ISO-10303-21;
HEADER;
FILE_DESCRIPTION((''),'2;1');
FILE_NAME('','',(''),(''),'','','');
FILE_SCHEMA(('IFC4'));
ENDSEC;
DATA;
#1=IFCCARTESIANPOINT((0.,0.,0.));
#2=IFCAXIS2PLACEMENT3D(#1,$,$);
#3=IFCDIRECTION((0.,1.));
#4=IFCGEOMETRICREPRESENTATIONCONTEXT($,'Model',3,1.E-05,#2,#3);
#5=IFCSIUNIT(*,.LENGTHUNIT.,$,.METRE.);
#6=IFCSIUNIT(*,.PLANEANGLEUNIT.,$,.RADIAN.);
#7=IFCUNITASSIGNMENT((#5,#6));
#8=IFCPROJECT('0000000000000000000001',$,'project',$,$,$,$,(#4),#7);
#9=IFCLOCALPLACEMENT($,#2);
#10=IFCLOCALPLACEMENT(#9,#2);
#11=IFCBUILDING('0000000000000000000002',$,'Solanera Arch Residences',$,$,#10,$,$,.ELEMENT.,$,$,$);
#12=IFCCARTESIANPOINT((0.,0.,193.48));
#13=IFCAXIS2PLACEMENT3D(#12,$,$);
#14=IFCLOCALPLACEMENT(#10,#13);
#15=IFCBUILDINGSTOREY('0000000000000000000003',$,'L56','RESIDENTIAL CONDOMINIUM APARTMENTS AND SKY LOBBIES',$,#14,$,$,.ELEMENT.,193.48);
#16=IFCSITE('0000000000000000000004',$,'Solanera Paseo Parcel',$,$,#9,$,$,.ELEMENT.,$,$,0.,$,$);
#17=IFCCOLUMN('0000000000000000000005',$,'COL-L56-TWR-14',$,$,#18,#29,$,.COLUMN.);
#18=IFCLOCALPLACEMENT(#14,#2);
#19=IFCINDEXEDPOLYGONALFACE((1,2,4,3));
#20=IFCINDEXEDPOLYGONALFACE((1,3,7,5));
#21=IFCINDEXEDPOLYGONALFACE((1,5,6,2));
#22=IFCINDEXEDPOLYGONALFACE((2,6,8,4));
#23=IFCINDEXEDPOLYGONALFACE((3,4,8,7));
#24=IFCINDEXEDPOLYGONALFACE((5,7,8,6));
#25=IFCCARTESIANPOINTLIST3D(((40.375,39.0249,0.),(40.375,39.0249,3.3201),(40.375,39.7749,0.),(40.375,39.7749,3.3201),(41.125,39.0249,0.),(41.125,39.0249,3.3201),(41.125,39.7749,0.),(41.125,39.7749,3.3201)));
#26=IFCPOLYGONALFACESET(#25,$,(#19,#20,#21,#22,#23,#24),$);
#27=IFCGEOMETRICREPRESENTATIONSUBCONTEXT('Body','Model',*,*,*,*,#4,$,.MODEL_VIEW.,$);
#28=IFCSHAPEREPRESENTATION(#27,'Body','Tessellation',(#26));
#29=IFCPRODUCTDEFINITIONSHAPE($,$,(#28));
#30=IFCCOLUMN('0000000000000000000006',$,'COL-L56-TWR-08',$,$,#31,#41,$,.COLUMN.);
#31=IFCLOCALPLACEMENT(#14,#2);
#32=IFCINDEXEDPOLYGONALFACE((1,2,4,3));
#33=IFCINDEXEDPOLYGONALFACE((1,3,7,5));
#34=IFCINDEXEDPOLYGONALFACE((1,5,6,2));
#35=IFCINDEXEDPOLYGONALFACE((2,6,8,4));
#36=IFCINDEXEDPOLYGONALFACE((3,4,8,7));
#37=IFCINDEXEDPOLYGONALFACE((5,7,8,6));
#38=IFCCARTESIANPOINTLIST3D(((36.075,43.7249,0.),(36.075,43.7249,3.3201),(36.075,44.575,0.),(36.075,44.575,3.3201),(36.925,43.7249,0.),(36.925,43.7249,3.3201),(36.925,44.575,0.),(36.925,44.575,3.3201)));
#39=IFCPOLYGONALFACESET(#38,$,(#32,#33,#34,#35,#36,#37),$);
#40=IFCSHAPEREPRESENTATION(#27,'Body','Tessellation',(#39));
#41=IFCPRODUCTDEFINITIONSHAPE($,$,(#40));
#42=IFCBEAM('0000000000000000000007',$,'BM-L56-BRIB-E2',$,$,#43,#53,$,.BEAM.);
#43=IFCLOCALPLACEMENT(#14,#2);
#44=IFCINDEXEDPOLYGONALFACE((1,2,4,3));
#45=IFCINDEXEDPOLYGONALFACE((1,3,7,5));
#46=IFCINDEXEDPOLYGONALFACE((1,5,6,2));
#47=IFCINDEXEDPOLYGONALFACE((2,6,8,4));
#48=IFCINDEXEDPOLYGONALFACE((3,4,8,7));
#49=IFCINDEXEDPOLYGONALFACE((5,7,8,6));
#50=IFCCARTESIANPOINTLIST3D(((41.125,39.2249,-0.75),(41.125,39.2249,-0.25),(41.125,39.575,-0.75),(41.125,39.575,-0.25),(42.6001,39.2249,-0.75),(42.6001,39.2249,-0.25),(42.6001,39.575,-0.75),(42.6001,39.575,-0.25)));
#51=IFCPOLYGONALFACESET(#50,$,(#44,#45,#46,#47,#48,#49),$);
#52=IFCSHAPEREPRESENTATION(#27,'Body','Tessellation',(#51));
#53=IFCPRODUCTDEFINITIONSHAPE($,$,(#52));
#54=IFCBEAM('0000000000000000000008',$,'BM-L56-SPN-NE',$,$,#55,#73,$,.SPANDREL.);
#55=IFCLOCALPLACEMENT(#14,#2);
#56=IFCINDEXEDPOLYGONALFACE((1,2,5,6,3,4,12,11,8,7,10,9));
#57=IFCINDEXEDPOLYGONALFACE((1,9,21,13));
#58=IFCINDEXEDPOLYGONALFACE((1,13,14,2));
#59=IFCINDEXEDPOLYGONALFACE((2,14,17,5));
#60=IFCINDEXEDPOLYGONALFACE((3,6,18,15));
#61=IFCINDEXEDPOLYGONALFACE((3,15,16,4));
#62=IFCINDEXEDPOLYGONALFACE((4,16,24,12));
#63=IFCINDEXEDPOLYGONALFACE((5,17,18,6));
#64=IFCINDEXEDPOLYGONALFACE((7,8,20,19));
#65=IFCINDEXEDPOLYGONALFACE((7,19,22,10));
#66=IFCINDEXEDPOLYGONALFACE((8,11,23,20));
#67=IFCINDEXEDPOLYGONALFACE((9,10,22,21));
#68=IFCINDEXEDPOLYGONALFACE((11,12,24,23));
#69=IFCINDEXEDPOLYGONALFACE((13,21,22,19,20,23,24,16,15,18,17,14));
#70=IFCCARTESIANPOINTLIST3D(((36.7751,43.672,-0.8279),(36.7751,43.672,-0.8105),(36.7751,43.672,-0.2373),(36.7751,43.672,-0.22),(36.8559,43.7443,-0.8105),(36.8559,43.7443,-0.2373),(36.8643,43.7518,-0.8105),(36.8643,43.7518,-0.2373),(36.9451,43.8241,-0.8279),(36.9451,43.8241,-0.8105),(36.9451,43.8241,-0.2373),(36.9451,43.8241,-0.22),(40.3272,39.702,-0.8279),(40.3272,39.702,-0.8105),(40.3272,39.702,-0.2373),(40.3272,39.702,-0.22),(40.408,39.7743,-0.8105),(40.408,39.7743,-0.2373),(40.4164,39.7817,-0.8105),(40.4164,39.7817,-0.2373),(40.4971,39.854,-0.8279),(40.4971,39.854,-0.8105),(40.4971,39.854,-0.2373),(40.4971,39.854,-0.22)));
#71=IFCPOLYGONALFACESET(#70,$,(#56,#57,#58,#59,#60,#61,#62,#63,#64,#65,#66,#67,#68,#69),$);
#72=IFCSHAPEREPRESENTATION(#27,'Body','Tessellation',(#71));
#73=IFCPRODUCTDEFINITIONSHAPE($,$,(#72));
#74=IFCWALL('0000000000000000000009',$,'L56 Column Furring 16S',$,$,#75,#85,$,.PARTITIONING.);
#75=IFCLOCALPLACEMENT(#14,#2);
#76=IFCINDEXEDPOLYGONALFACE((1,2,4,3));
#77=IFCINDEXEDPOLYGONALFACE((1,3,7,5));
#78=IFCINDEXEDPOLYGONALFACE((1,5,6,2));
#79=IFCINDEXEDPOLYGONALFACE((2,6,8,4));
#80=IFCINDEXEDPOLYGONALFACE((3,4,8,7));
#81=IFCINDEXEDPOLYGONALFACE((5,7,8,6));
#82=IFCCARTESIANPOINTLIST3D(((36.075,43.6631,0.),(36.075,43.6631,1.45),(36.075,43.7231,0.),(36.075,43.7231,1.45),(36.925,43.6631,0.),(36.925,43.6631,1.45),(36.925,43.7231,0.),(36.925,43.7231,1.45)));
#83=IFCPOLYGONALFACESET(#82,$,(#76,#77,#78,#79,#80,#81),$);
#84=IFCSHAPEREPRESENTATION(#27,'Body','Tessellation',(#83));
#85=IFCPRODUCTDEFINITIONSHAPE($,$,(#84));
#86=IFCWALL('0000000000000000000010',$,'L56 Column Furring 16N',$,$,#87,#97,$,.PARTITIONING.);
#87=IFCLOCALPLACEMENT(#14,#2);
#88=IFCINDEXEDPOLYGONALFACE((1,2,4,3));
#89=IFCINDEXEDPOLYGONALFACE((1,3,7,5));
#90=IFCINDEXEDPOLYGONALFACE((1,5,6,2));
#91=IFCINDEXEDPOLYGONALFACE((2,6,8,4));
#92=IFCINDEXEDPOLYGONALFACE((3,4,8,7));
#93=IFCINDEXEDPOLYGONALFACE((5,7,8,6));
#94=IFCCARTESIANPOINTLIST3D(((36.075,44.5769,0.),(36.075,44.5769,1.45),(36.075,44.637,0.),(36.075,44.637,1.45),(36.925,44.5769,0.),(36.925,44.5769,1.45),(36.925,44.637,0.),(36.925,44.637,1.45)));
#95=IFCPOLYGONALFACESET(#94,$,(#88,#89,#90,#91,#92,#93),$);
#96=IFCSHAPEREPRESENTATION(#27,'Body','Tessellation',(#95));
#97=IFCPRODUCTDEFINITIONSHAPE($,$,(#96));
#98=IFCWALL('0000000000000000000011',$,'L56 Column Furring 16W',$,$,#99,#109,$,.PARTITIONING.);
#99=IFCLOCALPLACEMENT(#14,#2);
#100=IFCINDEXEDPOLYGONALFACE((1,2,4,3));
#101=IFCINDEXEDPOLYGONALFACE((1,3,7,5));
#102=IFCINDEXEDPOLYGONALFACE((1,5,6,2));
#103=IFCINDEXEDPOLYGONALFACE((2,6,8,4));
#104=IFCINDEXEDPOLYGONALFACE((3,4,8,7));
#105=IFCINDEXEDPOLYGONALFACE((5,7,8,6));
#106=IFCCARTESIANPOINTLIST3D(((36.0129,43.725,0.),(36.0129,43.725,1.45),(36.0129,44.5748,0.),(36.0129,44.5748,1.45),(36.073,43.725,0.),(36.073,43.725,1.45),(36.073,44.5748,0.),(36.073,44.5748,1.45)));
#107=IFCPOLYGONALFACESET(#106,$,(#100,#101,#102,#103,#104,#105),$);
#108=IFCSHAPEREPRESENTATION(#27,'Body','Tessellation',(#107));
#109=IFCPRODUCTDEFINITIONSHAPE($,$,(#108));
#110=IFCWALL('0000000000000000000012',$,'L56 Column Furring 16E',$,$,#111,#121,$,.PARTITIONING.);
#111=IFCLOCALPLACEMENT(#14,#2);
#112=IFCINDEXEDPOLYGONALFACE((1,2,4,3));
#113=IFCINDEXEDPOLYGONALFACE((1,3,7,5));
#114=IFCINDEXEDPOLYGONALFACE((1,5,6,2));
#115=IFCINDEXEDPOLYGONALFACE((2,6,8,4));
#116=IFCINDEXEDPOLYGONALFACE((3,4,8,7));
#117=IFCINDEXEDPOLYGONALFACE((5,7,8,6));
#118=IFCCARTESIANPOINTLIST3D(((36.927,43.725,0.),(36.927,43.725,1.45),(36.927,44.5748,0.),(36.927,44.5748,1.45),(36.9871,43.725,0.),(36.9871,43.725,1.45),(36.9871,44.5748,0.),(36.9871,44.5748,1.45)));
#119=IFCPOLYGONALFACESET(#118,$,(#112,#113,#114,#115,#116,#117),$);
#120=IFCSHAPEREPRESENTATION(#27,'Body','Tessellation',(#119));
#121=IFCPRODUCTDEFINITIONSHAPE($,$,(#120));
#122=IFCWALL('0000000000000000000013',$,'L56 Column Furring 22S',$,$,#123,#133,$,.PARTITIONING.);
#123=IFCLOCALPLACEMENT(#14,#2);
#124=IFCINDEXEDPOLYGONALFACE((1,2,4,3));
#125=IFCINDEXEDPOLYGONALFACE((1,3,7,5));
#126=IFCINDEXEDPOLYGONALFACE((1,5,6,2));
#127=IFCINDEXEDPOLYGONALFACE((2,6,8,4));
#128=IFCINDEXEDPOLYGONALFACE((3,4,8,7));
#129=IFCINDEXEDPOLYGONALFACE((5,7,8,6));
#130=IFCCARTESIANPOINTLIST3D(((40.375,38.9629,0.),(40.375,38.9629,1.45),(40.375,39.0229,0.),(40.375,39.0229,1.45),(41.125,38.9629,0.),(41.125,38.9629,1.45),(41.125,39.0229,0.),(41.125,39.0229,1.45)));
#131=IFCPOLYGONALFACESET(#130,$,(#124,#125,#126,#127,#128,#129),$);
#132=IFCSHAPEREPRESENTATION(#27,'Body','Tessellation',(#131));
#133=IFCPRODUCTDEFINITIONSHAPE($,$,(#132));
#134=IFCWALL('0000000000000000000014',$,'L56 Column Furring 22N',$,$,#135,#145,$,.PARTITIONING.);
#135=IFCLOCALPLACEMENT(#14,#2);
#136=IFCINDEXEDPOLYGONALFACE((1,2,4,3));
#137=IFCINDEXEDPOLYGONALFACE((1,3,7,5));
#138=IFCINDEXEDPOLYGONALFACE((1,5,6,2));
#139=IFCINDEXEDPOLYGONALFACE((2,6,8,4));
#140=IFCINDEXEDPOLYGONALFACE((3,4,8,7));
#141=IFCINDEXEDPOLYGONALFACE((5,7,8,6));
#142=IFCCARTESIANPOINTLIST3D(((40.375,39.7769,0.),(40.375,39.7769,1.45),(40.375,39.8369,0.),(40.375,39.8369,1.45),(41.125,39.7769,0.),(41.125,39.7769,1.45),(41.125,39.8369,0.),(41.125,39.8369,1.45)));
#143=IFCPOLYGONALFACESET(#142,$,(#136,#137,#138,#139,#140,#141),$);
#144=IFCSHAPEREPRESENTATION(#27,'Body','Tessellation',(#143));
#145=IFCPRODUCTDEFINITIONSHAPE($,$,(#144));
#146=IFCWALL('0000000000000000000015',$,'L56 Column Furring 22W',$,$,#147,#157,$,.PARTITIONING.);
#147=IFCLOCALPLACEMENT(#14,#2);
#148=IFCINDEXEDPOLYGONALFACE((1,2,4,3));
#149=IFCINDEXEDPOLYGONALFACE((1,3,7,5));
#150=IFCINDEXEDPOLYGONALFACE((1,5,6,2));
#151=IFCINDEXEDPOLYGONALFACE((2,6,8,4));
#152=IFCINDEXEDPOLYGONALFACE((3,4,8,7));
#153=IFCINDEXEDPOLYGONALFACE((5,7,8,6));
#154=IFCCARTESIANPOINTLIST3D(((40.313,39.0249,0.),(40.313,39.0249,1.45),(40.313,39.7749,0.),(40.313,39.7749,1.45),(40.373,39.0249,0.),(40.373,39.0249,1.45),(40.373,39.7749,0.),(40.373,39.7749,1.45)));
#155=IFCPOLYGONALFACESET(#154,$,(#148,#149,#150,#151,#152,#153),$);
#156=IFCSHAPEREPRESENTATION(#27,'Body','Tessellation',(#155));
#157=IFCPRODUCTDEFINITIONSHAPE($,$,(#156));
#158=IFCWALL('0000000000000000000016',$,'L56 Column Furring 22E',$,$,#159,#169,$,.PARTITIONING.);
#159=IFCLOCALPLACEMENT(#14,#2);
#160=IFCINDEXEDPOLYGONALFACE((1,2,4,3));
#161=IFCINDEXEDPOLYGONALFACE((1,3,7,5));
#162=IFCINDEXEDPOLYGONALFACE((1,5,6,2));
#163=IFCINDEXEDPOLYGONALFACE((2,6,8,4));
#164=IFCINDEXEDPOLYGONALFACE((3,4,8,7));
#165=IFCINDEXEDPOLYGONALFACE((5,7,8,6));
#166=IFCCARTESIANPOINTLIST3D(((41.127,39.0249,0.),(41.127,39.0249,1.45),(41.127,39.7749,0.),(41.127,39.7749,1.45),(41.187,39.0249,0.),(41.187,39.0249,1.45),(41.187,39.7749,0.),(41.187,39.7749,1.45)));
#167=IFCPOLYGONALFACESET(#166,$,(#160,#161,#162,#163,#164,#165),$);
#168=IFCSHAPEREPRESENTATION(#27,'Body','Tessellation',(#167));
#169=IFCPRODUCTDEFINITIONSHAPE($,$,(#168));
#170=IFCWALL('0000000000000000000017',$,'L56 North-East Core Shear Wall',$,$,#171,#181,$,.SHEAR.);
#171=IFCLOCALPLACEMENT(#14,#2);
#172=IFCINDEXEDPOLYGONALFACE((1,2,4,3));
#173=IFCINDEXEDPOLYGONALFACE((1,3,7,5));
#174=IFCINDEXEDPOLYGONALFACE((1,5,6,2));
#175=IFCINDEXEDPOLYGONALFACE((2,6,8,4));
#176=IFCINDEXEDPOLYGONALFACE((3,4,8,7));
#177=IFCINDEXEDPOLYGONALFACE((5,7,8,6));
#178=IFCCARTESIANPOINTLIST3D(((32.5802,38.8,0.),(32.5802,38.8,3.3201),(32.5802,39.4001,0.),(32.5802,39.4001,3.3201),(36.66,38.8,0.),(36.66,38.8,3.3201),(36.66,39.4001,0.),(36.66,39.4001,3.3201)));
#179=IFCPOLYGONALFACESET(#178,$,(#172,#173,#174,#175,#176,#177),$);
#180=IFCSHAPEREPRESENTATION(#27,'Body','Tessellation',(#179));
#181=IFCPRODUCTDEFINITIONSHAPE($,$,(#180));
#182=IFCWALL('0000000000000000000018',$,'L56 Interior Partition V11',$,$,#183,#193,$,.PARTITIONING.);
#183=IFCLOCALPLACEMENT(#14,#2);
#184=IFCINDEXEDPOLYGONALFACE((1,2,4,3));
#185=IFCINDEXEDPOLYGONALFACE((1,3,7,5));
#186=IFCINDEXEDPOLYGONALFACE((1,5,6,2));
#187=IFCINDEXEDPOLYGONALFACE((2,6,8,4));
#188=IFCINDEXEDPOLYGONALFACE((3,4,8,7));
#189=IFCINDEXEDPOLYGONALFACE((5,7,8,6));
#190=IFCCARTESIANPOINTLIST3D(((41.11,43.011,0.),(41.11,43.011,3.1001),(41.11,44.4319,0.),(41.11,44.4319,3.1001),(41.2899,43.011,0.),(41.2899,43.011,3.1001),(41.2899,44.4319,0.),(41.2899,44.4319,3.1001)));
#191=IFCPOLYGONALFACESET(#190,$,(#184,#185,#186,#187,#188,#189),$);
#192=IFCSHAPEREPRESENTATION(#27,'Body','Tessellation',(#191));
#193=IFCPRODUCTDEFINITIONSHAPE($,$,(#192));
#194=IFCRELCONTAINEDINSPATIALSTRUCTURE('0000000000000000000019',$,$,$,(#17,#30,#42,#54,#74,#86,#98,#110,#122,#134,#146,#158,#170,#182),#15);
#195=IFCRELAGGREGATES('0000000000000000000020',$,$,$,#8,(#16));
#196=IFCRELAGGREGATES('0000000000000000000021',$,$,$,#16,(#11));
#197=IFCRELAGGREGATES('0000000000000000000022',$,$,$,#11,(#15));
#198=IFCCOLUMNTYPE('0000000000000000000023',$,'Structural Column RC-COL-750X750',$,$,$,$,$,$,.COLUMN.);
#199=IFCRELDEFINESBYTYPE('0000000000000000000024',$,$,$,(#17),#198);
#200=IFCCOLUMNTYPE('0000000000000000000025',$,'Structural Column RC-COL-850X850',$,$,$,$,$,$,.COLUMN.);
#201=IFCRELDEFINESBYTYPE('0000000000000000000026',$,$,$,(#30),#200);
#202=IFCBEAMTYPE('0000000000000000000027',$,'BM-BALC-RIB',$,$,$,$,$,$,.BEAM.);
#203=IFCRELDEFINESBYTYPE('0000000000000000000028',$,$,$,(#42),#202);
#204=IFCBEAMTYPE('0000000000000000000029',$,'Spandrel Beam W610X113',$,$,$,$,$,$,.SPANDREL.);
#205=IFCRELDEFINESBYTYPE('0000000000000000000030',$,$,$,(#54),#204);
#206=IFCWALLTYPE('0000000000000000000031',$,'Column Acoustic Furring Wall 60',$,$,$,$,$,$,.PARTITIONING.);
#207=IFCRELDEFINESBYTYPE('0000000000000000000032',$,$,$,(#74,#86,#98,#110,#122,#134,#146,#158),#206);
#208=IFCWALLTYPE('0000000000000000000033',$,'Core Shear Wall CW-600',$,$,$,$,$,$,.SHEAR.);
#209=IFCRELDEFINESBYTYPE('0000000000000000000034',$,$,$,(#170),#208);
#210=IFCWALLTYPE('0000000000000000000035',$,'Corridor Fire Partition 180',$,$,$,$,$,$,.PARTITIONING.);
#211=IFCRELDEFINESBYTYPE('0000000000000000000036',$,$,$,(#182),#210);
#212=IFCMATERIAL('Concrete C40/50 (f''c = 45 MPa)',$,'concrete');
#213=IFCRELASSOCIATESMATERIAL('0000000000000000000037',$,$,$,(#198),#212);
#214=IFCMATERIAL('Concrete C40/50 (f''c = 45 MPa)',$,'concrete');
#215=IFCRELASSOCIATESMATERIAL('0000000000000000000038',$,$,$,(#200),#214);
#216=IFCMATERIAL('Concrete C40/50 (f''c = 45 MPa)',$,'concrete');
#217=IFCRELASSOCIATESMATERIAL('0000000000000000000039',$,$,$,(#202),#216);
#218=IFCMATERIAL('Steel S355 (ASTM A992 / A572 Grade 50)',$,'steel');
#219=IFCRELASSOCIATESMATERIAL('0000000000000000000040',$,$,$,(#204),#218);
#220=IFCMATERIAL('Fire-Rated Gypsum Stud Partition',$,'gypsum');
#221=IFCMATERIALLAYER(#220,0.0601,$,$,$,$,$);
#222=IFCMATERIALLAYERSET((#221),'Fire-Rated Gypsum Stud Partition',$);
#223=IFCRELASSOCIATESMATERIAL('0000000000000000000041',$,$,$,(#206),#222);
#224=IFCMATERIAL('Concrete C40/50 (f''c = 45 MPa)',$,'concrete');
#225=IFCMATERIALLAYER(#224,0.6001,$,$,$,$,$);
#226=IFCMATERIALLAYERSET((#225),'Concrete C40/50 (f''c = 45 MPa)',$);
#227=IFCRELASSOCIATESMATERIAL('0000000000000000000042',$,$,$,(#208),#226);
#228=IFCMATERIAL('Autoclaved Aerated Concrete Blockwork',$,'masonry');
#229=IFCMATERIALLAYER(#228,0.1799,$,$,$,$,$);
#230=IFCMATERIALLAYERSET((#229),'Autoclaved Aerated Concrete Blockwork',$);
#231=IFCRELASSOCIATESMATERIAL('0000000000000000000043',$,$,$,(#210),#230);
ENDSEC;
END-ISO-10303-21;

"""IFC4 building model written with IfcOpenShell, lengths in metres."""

from ifc_helpers import new_model, si_unit, direction, frame, frame_2d, origin, origin_2d, place, context, subcontext, project, spatial, rectangle, i_section, extrude, material, layer, layer_set, material_profile, profile_set, type_object, element, save


model = new_model("IFC4")

# Units and contexts
model_context = context("Model", 3, precision=1e-05, world=origin(), true_north=direction((0.0, 1.0)))
body_context = subcontext(model_context, "Body", "Model", "MODEL_VIEW")
ifc_project = project(units=[si_unit("LENGTHUNIT", "METRE"), si_unit("PLANEANGLEUNIT", "RADIAN")], contexts=[model_context])

# Site, building, storey
site_placement = place(None, origin())
site = spatial("IfcSite", under=ifc_project, at=site_placement, Name="Solanera Paseo Parcel", CompositionType="ELEMENT", RefElevation=0.0)
building_placement = place(site_placement, origin())
building = spatial("IfcBuilding", under=site, at=building_placement, Name="Solanera Arch Residences", CompositionType="ELEMENT")
storey_placement = place(building_placement, frame((0.0, 0.0, 193.48)))
storey = spatial("IfcBuildingStorey", under=building, at=storey_placement, Name="L56", Description="RESIDENTIAL CONDOMINIUM APARTMENTS AND SKY LOBBIES", CompositionType="ELEMENT", Elevation=193.48)

# Columns
ifc_material_1 = material(Name="Concrete C40/50 (f'c = 45 MPa)", Category="concrete")
ifc_material_profile_1 = material_profile(ifc_material_1, rectangle(XDim=0.75, YDim=0.75, at=origin_2d()))
ifc_profile_set_1 = profile_set([ifc_material_profile_1], Name="Concrete C40/50 (f'c = 45 MPa)")
column_type_1 = type_object("IfcColumnType", Name="Structural Column RC-COL-750X750", PredefinedType="COLUMN", material=ifc_profile_set_1)
column_1_placement = place(storey_placement, frame((40.75, 39.3999, 0.0), z_axis=(0.0, 0.0, 1.0), x_axis=(1.0, 0.0, 0.0)))
element("IfcColumn", 1, at=column_1_placement, inside=storey, type_object=column_type_1, Name="COL-L56-TWR-14", PredefinedType="COLUMN", context=body_context, shape_type="SweptSolid", body=[
    extrude(rectangle(XDim=0.75, YDim=0.75, at=origin_2d()), origin(), (0.0, 0.0, 1.0), 3.3201),
])
ifc_material_2 = material(Name="Concrete C40/50 (f'c = 45 MPa)", Category="concrete")
ifc_material_profile_2 = material_profile(ifc_material_2, rectangle(XDim=0.8501, YDim=0.8501, at=origin_2d()))
ifc_profile_set_2 = profile_set([ifc_material_profile_2], Name="Concrete C40/50 (f'c = 45 MPa)")
column_type_2 = type_object("IfcColumnType", Name="Structural Column RC-COL-850X850", PredefinedType="COLUMN", material=ifc_profile_set_2)
column_2_placement = place(storey_placement, frame((36.5, 44.1499, 0.0), z_axis=(0.0, 0.0, 1.0), x_axis=(1.0, 0.0, 0.0)))
element("IfcColumn", 2, at=column_2_placement, inside=storey, type_object=column_type_2, Name="COL-L56-TWR-08", PredefinedType="COLUMN", context=body_context, shape_type="SweptSolid", body=[
    extrude(rectangle(XDim=0.8501, YDim=0.8501, at=origin_2d()), origin(), (0.0, 0.0, 1.0), 3.3201),
])

# Beams
ifc_material_3 = material(Name="Concrete C40/50 (f'c = 45 MPa)", Category="concrete")
ifc_material_profile_3 = material_profile(ifc_material_3, rectangle(XDim=0.3501, YDim=0.5, at=origin_2d()))
ifc_profile_set_3 = profile_set([ifc_material_profile_3], Name="Concrete C40/50 (f'c = 45 MPa)")
beam_type_1 = type_object("IfcBeamType", Name="BM-BALC-RIB", PredefinedType="BEAM", material=ifc_profile_set_3)
beam_1_placement = place(storey_placement, frame((41.125, 39.3999, -0.5), z_axis=(1.0, 0.0, 0.0), x_axis=(0.0, 1.0, 0.0)))
element("IfcBeam", 3, at=beam_1_placement, inside=storey, type_object=beam_type_1, Name="BM-L56-BRIB-E2", PredefinedType="BEAM", context=body_context, shape_type="SweptSolid", body=[
    extrude(rectangle(XDim=0.3501, YDim=0.5, at=origin_2d()), origin(), (0.0, 0.0, 1.0), 1.4751),
])
ifc_material_4 = material(Name="Steel S355 (ASTM A992 / A572 Grade 50)", Category="steel")
ifc_material_profile_4 = material_profile(ifc_material_4, i_section(OverallWidth=0.228, OverallDepth=0.6079, WebThickness=0.0112, FlangeThickness=0.0173, at=origin_2d()))
ifc_profile_set_4 = profile_set([ifc_material_profile_4], Name="Steel S355 (ASTM A992 / A572 Grade 50)")
beam_type_2 = type_object("IfcBeamType", Name="Spandrel Beam W610X113", PredefinedType="SPANDREL", material=ifc_profile_set_4)
beam_2_placement = place(storey_placement, frame((36.8601, 43.748, -0.5239), z_axis=(0.666787, -0.745249, 0.0), x_axis=(0.745249, 0.666787, 0.0)))
element("IfcBeam", 4, at=beam_2_placement, inside=storey, type_object=beam_type_2, Name="BM-L56-SPN-NE", PredefinedType="SPANDREL", context=body_context, shape_type="SweptSolid", body=[
    extrude(i_section(OverallWidth=0.228, OverallDepth=0.6079, WebThickness=0.0112, FlangeThickness=0.0173, at=origin_2d()), origin(), (0.0, 0.0, 1.0), 5.3271),
])

# Walls
ifc_material_5 = material(Name="Fire-Rated Gypsum Stud Partition", Category="gypsum")
ifc_layer_1 = layer(ifc_material_5, 0.0601)
ifc_layer_set_1 = layer_set([ifc_layer_1], Name="Fire-Rated Gypsum Stud Partition")
wall_type_1 = type_object("IfcWallType", Name="Column Acoustic Furring Wall 60", PredefinedType="PARTITIONING", material=ifc_layer_set_1)
for number, where, z_axis, x_axis, name in (
    (5, (36.075, 43.6931, 0.0), (0.0, 0.0, 1.0), (1.0, 0.0, 0.0), "L56 Column Furring 16S"),
    (6, (36.075, 44.6069, 0.0), (0.0, 0.0, 1.0), (1.0, 0.0, 0.0), "L56 Column Furring 16N"),
):
    element("IfcWall", number, at=place(storey_placement, frame(where, z_axis=z_axis, x_axis=x_axis)), inside=storey, type_object=wall_type_1, Name=name, PredefinedType="PARTITIONING", context=body_context, shape_type="SweptSolid", body=[
        extrude(rectangle(XDim=0.8501, YDim=0.0601, at=frame_2d((0.425, 0.0))), origin(), (0.0, 0.0, 1.0), 1.45),
    ])
for number, where, z_axis, x_axis, name in (
    (7, (36.043, 43.7251, 0.0), (0.0, 0.0, 1.0), (0.0, 1.0, 0.0), "L56 Column Furring 16W"),
    (8, (36.957, 43.7251, 0.0), (0.0, 0.0, 1.0), (0.0, 1.0, 0.0), "L56 Column Furring 16E"),
):
    element("IfcWall", number, at=place(storey_placement, frame(where, z_axis=z_axis, x_axis=x_axis)), inside=storey, type_object=wall_type_1, Name=name, PredefinedType="PARTITIONING", context=body_context, shape_type="SweptSolid", body=[
        extrude(rectangle(XDim=0.8499, YDim=0.0601, at=frame_2d((0.4248, 0.0))), origin(), (0.0, 0.0, 1.0), 1.45),
    ])
for number, where, z_axis, x_axis, name in (
    (9, (40.375, 38.9929, 0.0), (0.0, 0.0, 1.0), (1.0, 0.0, 0.0), "L56 Column Furring 22S"),
    (10, (40.375, 39.8069, 0.0), (0.0, 0.0, 1.0), (1.0, 0.0, 0.0), "L56 Column Furring 22N"),
    (11, (40.343, 39.0249, 0.0), (0.0, 0.0, 1.0), (0.0, 1.0, 0.0), "L56 Column Furring 22W"),
    (12, (41.157, 39.0249, 0.0), (0.0, 0.0, 1.0), (0.0, 1.0, 0.0), "L56 Column Furring 22E"),
):
    element("IfcWall", number, at=place(storey_placement, frame(where, z_axis=z_axis, x_axis=x_axis)), inside=storey, type_object=wall_type_1, Name=name, PredefinedType="PARTITIONING", context=body_context, shape_type="SweptSolid", body=[
        extrude(rectangle(XDim=0.75, YDim=0.0601, at=frame_2d((0.375, 0.0))), origin(), (0.0, 0.0, 1.0), 1.45),
    ])
ifc_material_6 = material(Name="Concrete C40/50 (f'c = 45 MPa)", Category="concrete")
ifc_layer_2 = layer(ifc_material_6, 0.6001)
ifc_layer_set_2 = layer_set([ifc_layer_2], Name="Concrete C40/50 (f'c = 45 MPa)")
wall_type_2 = type_object("IfcWallType", Name="Core Shear Wall CW-600", PredefinedType="SHEAR", material=ifc_layer_set_2)
wall_1_placement = place(storey_placement, frame((32.5801, 39.1001, 0.0), z_axis=(0.0, 0.0, 1.0), x_axis=(1.0, 0.0, 0.0)))
element("IfcWall", 13, at=wall_1_placement, inside=storey, type_object=wall_type_2, Name="L56 North-East Core Shear Wall", PredefinedType="SHEAR", context=body_context, shape_type="SweptSolid", body=[
    extrude(rectangle(XDim=4.0798, YDim=0.6001, at=frame_2d((2.04, 0.0))), origin(), (0.0, 0.0, 1.0), 3.3201),
])
ifc_material_7 = material(Name="Autoclaved Aerated Concrete Blockwork", Category="masonry")
ifc_layer_3 = layer(ifc_material_7, 0.1799)
ifc_layer_set_3 = layer_set([ifc_layer_3], Name="Autoclaved Aerated Concrete Blockwork")
wall_type_3 = type_object("IfcWallType", Name="Corridor Fire Partition 180", PredefinedType="PARTITIONING", material=ifc_layer_set_3)
wall_2_placement = place(storey_placement, frame((41.2, 43.011, 0.0), z_axis=(0.0, 0.0, 1.0), x_axis=(0.0, 1.0, 0.0)))
element("IfcWall", 14, at=wall_2_placement, inside=storey, type_object=wall_type_3, Name="L56 Interior Partition V11", PredefinedType="PARTITIONING", context=body_context, shape_type="SweptSolid", body=[
    extrude(rectangle(XDim=1.4209, YDim=0.1799, at=frame_2d((0.7104, 0.0))), origin(), (0.0, 0.0, 1.0), 3.1001),
])

save(model, "model.ifc")
